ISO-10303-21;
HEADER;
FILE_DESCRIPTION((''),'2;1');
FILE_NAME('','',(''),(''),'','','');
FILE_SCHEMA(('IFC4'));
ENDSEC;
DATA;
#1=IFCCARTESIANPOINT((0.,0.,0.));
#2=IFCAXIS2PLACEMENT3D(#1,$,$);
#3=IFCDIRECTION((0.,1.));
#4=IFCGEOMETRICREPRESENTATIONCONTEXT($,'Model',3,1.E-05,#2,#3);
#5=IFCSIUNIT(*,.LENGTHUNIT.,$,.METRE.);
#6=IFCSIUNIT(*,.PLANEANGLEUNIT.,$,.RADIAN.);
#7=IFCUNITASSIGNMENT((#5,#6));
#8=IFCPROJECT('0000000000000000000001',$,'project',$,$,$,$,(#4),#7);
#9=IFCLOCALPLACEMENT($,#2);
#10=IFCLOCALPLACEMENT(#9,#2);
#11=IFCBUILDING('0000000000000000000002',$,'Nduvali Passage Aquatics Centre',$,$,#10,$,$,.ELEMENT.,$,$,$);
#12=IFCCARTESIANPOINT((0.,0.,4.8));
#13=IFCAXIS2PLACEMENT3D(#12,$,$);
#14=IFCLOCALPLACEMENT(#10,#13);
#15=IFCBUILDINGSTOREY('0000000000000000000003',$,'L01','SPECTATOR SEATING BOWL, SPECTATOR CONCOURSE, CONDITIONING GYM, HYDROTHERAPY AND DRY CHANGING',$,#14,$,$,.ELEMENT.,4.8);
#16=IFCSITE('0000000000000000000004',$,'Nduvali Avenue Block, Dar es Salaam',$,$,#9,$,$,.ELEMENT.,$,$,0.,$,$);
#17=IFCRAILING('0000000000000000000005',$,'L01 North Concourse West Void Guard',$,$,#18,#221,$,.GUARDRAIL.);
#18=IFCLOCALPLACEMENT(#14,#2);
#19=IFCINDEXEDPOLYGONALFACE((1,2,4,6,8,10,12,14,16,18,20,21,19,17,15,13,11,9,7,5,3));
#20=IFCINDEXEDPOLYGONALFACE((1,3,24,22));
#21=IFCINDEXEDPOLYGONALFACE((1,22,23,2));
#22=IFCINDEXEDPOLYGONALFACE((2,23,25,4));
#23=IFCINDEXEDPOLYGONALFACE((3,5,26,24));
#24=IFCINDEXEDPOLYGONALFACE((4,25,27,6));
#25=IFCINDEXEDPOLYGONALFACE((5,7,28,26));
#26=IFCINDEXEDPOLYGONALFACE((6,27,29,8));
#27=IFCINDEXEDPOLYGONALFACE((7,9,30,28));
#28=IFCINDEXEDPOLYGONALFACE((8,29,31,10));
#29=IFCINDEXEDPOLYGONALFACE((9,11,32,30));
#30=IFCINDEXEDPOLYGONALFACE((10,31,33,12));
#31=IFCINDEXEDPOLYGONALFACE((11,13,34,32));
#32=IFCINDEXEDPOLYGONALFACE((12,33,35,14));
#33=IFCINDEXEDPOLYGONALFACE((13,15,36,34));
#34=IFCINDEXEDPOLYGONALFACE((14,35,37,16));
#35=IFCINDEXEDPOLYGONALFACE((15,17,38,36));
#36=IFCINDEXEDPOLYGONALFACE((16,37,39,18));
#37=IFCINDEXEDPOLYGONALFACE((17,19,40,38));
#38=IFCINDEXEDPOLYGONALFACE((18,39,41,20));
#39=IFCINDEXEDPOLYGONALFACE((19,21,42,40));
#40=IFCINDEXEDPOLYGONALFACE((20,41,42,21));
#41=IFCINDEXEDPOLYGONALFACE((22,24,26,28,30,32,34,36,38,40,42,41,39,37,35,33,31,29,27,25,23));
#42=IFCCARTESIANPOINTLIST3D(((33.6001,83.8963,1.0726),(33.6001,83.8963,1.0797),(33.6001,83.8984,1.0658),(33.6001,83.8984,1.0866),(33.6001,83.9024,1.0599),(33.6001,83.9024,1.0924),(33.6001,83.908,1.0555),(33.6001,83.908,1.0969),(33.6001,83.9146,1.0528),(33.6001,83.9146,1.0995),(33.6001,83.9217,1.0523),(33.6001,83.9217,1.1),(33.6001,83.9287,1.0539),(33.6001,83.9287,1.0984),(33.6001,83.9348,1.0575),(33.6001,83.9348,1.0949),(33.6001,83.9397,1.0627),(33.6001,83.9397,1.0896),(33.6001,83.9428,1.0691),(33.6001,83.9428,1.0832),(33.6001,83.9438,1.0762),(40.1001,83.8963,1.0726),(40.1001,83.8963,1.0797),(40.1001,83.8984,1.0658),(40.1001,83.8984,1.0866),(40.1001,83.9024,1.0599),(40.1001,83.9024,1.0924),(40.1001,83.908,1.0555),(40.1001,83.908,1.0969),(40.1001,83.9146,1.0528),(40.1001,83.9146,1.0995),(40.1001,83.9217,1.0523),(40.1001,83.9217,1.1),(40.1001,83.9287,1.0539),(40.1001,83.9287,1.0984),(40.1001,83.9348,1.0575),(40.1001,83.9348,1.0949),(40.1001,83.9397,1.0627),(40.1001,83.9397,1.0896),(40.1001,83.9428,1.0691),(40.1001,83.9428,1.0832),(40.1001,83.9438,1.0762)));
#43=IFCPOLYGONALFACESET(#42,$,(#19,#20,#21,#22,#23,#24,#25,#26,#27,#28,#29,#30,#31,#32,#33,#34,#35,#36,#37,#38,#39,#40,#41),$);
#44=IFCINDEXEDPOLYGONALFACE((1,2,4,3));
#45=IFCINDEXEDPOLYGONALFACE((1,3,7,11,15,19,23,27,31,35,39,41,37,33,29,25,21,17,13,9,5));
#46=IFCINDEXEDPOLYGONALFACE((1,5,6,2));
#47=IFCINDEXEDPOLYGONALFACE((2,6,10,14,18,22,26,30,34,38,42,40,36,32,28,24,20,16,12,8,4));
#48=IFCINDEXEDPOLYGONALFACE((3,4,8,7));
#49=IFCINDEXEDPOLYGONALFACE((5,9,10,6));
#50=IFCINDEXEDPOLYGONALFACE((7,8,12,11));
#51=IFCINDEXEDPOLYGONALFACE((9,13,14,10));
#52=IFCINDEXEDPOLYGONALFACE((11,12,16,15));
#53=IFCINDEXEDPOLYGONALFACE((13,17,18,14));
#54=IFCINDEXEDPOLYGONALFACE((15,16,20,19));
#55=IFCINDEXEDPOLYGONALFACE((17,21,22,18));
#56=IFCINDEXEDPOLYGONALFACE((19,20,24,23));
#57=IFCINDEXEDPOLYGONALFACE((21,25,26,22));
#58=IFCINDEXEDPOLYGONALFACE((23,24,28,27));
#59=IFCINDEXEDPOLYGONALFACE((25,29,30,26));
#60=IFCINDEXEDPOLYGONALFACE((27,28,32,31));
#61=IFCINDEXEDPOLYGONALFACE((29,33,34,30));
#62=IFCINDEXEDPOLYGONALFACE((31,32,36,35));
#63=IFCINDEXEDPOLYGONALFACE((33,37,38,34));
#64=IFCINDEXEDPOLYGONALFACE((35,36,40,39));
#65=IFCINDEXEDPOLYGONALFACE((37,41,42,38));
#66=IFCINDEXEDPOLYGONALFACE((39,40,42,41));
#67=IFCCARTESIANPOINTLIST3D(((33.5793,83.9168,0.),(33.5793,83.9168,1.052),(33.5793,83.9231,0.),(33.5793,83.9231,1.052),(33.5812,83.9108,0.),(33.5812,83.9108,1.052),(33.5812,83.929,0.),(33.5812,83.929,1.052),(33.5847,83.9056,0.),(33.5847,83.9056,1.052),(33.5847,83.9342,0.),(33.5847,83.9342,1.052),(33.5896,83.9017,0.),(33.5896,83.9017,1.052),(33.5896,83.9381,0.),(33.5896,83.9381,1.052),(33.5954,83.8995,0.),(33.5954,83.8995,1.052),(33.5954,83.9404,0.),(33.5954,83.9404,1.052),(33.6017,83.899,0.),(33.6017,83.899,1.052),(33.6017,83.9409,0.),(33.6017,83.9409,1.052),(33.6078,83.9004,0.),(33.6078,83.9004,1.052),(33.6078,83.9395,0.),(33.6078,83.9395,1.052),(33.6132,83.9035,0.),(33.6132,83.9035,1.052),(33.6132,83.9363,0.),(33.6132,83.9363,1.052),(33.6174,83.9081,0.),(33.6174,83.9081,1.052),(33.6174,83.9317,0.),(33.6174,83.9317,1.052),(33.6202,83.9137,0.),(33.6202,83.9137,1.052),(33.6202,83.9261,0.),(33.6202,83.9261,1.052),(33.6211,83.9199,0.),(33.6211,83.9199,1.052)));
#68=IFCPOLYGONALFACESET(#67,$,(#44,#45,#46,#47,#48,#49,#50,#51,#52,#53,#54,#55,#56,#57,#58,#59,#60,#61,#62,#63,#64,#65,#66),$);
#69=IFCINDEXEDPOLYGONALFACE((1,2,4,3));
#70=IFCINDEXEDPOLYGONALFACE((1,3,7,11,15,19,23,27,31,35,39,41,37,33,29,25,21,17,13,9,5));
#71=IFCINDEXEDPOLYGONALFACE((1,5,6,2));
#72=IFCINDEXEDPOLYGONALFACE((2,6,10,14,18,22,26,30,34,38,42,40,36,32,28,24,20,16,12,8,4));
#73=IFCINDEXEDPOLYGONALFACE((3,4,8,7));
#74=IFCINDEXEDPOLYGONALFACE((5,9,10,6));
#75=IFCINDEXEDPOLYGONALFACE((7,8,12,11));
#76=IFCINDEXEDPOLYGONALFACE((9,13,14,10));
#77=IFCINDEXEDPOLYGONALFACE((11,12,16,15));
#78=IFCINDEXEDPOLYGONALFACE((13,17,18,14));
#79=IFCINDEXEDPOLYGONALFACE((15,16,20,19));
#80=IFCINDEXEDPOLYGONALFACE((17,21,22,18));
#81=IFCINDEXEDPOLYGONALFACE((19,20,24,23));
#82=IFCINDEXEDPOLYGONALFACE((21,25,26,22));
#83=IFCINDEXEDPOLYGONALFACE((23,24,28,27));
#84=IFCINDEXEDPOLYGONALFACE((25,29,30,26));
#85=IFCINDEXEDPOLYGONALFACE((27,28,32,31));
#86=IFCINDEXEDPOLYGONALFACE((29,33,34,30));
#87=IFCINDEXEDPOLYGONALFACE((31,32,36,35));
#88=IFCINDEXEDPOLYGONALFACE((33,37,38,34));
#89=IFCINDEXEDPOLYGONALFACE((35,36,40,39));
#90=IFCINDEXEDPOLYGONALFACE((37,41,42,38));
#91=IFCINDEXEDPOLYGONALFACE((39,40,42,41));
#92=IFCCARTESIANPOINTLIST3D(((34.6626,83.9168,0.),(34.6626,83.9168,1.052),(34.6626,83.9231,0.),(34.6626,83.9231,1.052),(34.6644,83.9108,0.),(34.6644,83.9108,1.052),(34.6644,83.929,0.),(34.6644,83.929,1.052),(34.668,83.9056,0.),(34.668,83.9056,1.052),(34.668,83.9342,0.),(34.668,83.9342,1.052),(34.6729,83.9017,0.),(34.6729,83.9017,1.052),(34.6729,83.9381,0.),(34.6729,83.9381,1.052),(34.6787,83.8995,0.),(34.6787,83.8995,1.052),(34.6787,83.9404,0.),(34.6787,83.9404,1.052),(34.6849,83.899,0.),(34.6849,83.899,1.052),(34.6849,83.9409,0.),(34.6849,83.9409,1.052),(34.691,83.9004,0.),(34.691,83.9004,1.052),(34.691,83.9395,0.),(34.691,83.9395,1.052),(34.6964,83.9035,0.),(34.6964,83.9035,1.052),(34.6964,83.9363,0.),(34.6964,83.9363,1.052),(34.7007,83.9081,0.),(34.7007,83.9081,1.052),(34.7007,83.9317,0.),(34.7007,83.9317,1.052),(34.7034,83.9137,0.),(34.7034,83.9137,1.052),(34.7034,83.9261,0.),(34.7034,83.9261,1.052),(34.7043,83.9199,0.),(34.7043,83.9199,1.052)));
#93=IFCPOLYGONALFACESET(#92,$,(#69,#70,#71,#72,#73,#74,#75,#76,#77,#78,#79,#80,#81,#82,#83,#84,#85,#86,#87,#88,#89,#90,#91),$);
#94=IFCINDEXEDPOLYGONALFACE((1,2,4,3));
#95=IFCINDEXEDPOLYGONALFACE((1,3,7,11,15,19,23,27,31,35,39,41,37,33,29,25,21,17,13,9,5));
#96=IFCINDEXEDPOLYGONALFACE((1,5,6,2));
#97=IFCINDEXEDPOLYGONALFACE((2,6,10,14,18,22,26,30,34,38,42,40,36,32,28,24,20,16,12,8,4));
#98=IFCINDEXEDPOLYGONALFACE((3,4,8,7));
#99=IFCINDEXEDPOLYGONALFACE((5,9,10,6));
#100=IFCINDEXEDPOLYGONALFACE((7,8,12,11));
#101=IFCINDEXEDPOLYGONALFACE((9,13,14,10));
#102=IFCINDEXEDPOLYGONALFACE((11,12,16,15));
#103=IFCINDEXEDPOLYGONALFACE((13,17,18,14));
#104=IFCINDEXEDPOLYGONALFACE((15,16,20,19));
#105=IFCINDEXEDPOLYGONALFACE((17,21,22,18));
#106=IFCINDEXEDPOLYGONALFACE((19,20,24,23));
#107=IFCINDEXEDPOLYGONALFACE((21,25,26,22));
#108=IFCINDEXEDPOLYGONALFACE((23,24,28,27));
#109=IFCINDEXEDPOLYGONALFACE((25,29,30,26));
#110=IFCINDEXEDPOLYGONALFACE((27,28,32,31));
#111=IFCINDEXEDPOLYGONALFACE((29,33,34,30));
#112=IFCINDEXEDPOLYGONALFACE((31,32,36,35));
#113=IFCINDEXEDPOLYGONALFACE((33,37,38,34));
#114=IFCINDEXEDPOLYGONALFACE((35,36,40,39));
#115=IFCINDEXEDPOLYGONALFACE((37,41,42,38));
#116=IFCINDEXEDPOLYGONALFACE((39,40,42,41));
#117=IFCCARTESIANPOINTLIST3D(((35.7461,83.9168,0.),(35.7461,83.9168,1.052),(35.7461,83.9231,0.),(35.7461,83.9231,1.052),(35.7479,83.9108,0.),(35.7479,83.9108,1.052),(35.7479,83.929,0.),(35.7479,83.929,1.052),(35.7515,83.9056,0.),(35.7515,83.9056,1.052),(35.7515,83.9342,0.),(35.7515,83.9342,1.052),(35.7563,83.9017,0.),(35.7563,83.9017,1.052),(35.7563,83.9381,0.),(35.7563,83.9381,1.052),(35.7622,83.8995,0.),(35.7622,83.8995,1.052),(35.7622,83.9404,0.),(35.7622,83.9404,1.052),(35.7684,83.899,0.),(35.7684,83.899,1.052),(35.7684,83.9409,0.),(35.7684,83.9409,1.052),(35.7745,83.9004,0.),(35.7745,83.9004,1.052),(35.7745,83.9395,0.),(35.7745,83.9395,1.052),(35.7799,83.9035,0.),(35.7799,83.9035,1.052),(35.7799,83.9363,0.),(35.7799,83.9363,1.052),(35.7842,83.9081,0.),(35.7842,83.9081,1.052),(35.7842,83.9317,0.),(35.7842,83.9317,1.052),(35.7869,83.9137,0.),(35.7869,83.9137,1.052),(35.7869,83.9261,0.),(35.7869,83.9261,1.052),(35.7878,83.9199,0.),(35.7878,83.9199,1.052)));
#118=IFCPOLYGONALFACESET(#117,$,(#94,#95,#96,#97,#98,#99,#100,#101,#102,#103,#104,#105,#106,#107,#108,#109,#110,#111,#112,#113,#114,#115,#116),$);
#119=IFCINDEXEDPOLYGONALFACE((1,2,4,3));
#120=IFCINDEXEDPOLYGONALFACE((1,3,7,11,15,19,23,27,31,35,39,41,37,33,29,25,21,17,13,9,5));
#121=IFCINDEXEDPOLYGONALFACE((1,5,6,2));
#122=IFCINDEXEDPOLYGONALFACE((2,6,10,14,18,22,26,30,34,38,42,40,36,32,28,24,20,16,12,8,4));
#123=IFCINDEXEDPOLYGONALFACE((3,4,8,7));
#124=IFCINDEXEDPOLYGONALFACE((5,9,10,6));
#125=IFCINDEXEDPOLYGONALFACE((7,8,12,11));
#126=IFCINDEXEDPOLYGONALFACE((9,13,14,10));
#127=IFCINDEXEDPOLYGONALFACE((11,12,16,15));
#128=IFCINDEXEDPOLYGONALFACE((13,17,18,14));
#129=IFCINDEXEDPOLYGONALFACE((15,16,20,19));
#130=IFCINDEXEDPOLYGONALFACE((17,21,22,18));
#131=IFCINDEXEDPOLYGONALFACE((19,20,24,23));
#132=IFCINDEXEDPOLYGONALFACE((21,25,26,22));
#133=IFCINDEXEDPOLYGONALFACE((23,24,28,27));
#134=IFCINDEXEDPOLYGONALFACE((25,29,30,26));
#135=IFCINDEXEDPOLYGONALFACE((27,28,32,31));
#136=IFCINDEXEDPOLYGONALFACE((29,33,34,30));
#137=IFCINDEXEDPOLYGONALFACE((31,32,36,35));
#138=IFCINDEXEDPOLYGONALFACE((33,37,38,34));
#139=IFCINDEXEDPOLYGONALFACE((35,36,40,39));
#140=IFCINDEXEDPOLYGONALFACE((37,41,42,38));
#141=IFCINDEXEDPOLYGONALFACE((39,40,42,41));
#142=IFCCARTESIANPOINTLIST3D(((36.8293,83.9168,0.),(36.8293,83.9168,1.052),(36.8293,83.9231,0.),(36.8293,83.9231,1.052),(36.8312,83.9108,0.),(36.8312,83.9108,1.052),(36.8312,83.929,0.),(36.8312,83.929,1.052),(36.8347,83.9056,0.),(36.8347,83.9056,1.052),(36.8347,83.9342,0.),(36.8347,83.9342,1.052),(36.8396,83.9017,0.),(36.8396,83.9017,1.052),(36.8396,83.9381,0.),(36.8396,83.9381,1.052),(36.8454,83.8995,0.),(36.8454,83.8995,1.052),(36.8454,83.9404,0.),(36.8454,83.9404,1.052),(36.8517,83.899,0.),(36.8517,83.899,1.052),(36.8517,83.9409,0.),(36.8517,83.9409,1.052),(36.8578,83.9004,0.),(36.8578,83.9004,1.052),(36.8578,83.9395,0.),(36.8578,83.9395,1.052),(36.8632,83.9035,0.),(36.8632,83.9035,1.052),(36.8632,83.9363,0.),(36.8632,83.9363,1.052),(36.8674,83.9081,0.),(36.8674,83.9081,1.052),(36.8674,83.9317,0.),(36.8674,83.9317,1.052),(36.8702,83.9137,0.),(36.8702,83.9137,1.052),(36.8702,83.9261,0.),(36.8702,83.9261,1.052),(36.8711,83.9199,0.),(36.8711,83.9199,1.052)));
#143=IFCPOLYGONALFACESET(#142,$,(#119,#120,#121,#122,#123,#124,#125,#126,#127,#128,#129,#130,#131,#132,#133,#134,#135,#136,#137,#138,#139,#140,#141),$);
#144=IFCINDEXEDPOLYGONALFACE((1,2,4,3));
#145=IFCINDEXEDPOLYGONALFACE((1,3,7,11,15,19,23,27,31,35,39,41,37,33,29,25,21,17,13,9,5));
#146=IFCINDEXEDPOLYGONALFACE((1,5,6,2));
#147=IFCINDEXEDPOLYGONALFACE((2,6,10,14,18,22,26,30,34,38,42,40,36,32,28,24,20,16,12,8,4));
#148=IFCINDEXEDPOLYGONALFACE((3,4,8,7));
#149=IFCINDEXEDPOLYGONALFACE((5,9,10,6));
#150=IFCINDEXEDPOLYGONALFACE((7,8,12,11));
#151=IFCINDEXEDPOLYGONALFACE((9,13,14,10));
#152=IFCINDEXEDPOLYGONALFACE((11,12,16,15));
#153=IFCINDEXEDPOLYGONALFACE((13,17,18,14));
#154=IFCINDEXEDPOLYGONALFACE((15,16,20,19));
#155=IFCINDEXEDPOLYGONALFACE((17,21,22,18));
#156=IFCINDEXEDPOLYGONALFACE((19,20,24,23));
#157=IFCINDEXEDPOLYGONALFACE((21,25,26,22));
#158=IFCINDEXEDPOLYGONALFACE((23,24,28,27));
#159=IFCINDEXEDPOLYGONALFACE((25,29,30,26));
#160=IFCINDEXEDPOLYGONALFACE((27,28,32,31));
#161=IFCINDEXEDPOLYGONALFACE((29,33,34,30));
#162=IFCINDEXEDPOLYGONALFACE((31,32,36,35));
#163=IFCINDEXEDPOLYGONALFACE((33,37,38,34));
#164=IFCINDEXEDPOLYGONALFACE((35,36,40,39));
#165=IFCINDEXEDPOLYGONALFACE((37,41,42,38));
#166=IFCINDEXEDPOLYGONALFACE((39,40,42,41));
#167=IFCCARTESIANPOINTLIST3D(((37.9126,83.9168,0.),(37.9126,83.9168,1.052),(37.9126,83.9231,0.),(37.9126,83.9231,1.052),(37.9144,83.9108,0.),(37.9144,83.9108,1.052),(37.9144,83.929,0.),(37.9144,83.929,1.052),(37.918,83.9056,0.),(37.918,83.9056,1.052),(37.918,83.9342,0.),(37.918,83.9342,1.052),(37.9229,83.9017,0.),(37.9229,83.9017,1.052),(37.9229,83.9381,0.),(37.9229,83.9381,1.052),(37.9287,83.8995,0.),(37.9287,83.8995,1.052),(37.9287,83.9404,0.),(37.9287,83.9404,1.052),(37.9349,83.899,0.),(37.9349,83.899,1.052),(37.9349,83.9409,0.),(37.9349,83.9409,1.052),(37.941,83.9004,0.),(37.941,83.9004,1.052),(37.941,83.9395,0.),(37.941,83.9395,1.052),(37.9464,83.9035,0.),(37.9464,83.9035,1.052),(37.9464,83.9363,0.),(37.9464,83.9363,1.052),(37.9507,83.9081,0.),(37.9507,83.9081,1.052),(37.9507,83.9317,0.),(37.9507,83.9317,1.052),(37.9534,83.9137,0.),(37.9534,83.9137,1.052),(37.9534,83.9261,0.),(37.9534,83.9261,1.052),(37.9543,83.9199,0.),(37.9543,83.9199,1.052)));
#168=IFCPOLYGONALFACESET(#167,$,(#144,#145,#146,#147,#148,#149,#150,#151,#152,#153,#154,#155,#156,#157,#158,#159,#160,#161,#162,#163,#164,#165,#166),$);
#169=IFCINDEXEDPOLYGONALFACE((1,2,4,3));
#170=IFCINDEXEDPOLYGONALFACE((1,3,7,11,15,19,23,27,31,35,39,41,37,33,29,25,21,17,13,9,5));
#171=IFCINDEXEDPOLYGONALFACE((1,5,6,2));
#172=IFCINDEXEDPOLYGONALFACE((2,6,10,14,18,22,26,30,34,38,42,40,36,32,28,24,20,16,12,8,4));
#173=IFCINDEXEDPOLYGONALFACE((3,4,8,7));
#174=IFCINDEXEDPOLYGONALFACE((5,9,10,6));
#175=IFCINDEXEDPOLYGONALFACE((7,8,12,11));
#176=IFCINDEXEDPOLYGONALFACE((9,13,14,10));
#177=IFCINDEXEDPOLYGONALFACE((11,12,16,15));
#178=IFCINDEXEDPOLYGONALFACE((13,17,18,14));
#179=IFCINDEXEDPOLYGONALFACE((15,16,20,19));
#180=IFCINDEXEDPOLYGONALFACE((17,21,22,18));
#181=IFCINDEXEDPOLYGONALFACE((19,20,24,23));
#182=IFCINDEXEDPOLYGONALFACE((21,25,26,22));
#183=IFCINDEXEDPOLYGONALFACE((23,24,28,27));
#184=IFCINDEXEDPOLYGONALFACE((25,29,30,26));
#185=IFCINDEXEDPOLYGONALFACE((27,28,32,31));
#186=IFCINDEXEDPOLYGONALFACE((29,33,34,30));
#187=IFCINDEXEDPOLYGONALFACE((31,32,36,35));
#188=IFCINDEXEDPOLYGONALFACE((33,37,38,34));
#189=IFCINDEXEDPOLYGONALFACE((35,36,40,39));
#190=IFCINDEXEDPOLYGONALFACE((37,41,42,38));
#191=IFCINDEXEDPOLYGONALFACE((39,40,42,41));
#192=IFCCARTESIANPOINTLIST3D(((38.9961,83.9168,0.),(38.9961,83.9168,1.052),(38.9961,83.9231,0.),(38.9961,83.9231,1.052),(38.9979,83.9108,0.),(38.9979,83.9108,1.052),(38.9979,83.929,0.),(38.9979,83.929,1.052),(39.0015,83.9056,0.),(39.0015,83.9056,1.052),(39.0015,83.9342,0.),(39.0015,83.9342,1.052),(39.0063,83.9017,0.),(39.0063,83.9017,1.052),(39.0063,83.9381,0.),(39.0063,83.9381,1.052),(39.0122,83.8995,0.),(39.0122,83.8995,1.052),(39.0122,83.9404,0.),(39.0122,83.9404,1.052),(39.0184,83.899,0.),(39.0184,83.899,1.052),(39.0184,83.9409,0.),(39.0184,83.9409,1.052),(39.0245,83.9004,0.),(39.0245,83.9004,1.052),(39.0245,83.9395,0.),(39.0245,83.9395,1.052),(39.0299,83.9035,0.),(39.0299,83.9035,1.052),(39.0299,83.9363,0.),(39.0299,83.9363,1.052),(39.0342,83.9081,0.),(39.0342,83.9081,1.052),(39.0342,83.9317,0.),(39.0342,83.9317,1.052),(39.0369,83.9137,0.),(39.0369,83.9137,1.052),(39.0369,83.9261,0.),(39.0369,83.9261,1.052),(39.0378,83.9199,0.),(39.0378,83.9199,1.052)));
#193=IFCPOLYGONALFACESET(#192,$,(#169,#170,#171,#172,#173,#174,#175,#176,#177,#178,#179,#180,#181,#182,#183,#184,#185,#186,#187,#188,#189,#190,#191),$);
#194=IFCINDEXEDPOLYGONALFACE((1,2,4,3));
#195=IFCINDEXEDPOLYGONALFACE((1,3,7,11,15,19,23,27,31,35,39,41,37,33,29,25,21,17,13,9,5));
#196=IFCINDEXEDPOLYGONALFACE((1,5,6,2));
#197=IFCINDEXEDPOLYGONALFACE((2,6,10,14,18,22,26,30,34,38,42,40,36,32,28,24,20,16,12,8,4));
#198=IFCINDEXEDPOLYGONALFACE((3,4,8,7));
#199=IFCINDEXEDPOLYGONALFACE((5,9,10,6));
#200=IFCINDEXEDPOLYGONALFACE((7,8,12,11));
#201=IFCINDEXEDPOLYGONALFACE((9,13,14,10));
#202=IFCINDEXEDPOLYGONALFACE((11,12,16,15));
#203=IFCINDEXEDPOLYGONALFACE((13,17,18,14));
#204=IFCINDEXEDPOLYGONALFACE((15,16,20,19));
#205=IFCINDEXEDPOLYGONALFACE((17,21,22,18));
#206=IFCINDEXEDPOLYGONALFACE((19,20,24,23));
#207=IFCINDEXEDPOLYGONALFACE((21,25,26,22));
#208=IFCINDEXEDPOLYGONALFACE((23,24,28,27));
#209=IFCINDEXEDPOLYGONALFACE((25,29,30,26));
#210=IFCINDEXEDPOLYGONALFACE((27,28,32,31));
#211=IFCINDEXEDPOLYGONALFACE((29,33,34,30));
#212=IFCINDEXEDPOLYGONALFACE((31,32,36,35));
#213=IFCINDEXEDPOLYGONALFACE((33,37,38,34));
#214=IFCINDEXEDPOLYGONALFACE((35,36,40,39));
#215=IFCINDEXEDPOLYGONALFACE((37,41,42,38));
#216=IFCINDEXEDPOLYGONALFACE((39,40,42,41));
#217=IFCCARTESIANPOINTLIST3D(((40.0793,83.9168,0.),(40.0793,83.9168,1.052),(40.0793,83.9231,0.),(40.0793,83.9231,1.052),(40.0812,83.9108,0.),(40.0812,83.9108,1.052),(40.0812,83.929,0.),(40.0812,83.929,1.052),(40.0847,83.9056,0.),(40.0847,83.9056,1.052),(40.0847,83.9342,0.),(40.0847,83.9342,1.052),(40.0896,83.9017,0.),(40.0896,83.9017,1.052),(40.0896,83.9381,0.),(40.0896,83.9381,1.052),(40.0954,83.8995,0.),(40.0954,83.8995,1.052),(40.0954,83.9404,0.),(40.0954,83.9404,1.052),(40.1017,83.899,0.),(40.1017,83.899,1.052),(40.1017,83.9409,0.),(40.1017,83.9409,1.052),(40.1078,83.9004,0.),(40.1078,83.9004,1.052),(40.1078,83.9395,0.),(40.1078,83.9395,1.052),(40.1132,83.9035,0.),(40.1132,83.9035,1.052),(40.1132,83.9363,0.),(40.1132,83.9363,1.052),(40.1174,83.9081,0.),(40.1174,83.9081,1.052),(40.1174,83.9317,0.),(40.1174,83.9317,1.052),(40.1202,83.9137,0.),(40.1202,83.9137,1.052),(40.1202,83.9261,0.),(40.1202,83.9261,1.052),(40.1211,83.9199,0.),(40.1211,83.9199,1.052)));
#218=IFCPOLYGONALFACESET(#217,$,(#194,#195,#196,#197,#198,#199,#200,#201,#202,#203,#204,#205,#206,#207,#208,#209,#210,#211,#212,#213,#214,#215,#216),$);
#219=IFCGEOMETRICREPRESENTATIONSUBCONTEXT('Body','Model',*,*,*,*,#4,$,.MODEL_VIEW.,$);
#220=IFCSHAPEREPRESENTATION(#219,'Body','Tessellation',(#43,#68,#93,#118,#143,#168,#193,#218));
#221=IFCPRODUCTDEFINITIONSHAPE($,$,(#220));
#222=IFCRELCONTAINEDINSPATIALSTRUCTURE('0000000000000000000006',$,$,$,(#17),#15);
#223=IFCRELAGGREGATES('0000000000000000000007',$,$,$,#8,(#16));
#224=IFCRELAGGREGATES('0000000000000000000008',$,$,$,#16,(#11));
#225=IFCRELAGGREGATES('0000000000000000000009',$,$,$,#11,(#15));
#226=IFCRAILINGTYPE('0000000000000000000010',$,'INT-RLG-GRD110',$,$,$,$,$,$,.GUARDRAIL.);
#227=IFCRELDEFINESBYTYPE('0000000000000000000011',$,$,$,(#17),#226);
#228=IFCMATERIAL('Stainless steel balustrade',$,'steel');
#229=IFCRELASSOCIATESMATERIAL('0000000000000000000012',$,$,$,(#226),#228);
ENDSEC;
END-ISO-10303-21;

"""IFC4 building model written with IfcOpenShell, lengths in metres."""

from ifc_helpers import new_model, si_unit, direction, frame, origin, origin_2d, place, context, subcontext, project, spatial, circle, extrude, material, type_object, element, save


model = new_model("IFC4")

# Units and contexts
model_context = context("Model", 3, precision=1e-05, world=origin(), true_north=direction((0.0, 1.0)))
body_context = subcontext(model_context, "Body", "Model", "MODEL_VIEW")
ifc_project = project(units=[si_unit("LENGTHUNIT", "METRE"), si_unit("PLANEANGLEUNIT", "RADIAN")], contexts=[model_context])

# Site, building, storey
site_placement = place(None, origin())
site = spatial("IfcSite", under=ifc_project, at=site_placement, Name="Nduvali Avenue Block, Dar es Salaam", CompositionType="ELEMENT", RefElevation=0.0)
building_placement = place(site_placement, origin())
building = spatial("IfcBuilding", under=site, at=building_placement, Name="Nduvali Passage Aquatics Centre", CompositionType="ELEMENT")
storey_placement = place(building_placement, frame((0.0, 0.0, 4.8)))
storey = spatial("IfcBuildingStorey", under=building, at=storey_placement, Name="L01", Description="SPECTATOR SEATING BOWL, SPECTATOR CONCOURSE, CONDITIONING GYM, HYDROTHERAPY AND DRY CHANGING", CompositionType="ELEMENT", Elevation=4.8)

# Railing
ifc_material_1 = material(Name="Stainless steel balustrade", Category="steel")
railing_type = type_object("IfcRailingType", Name="INT-RLG-GRD110", PredefinedType="GUARDRAIL", material=ifc_material_1)
railing_1_placement = place(storey_placement, frame((33.6001, 83.9199, 0.0)))
element("IfcRailing", 1, at=railing_1_placement, inside=storey, type_object=railing_type, Name="L01 North Concourse West Void Guard", PredefinedType="GUARDRAIL", context=body_context, shape_type="SweptSolid", body=[
    extrude(circle(Radius=0.0239, at=origin_2d()), frame((0.0, 0.0, 1.0762), z_axis=(1.0, 0.0, 0.0), x_axis=(0.0, 1.0, 0.0)), (0.0, 0.0, 1.0), 6.5),
    extrude(circle(Radius=0.021, at=origin_2d()), origin(), (0.0, 0.0, 1.0), 1.052),
    extrude(circle(Radius=0.021, at=origin_2d()), frame((1.0833, 0.0, 0.0)), (0.0, 0.0, 1.0), 1.052),
    extrude(circle(Radius=0.021, at=origin_2d()), frame((2.1667, 0.0, 0.0)), (0.0, 0.0, 1.0), 1.052),
    extrude(circle(Radius=0.021, at=origin_2d()), frame((3.25, 0.0, 0.0)), (0.0, 0.0, 1.0), 1.052),
    extrude(circle(Radius=0.021, at=origin_2d()), frame((4.3333, 0.0, 0.0)), (0.0, 0.0, 1.0), 1.052),
    extrude(circle(Radius=0.021, at=origin_2d()), frame((5.4167, 0.0, 0.0)), (0.0, 0.0, 1.0), 1.052),
    extrude(circle(Radius=0.021, at=origin_2d()), frame((6.5, 0.0, 0.0)), (0.0, 0.0, 1.0), 1.052),
])

save(model, "model.ifc")
